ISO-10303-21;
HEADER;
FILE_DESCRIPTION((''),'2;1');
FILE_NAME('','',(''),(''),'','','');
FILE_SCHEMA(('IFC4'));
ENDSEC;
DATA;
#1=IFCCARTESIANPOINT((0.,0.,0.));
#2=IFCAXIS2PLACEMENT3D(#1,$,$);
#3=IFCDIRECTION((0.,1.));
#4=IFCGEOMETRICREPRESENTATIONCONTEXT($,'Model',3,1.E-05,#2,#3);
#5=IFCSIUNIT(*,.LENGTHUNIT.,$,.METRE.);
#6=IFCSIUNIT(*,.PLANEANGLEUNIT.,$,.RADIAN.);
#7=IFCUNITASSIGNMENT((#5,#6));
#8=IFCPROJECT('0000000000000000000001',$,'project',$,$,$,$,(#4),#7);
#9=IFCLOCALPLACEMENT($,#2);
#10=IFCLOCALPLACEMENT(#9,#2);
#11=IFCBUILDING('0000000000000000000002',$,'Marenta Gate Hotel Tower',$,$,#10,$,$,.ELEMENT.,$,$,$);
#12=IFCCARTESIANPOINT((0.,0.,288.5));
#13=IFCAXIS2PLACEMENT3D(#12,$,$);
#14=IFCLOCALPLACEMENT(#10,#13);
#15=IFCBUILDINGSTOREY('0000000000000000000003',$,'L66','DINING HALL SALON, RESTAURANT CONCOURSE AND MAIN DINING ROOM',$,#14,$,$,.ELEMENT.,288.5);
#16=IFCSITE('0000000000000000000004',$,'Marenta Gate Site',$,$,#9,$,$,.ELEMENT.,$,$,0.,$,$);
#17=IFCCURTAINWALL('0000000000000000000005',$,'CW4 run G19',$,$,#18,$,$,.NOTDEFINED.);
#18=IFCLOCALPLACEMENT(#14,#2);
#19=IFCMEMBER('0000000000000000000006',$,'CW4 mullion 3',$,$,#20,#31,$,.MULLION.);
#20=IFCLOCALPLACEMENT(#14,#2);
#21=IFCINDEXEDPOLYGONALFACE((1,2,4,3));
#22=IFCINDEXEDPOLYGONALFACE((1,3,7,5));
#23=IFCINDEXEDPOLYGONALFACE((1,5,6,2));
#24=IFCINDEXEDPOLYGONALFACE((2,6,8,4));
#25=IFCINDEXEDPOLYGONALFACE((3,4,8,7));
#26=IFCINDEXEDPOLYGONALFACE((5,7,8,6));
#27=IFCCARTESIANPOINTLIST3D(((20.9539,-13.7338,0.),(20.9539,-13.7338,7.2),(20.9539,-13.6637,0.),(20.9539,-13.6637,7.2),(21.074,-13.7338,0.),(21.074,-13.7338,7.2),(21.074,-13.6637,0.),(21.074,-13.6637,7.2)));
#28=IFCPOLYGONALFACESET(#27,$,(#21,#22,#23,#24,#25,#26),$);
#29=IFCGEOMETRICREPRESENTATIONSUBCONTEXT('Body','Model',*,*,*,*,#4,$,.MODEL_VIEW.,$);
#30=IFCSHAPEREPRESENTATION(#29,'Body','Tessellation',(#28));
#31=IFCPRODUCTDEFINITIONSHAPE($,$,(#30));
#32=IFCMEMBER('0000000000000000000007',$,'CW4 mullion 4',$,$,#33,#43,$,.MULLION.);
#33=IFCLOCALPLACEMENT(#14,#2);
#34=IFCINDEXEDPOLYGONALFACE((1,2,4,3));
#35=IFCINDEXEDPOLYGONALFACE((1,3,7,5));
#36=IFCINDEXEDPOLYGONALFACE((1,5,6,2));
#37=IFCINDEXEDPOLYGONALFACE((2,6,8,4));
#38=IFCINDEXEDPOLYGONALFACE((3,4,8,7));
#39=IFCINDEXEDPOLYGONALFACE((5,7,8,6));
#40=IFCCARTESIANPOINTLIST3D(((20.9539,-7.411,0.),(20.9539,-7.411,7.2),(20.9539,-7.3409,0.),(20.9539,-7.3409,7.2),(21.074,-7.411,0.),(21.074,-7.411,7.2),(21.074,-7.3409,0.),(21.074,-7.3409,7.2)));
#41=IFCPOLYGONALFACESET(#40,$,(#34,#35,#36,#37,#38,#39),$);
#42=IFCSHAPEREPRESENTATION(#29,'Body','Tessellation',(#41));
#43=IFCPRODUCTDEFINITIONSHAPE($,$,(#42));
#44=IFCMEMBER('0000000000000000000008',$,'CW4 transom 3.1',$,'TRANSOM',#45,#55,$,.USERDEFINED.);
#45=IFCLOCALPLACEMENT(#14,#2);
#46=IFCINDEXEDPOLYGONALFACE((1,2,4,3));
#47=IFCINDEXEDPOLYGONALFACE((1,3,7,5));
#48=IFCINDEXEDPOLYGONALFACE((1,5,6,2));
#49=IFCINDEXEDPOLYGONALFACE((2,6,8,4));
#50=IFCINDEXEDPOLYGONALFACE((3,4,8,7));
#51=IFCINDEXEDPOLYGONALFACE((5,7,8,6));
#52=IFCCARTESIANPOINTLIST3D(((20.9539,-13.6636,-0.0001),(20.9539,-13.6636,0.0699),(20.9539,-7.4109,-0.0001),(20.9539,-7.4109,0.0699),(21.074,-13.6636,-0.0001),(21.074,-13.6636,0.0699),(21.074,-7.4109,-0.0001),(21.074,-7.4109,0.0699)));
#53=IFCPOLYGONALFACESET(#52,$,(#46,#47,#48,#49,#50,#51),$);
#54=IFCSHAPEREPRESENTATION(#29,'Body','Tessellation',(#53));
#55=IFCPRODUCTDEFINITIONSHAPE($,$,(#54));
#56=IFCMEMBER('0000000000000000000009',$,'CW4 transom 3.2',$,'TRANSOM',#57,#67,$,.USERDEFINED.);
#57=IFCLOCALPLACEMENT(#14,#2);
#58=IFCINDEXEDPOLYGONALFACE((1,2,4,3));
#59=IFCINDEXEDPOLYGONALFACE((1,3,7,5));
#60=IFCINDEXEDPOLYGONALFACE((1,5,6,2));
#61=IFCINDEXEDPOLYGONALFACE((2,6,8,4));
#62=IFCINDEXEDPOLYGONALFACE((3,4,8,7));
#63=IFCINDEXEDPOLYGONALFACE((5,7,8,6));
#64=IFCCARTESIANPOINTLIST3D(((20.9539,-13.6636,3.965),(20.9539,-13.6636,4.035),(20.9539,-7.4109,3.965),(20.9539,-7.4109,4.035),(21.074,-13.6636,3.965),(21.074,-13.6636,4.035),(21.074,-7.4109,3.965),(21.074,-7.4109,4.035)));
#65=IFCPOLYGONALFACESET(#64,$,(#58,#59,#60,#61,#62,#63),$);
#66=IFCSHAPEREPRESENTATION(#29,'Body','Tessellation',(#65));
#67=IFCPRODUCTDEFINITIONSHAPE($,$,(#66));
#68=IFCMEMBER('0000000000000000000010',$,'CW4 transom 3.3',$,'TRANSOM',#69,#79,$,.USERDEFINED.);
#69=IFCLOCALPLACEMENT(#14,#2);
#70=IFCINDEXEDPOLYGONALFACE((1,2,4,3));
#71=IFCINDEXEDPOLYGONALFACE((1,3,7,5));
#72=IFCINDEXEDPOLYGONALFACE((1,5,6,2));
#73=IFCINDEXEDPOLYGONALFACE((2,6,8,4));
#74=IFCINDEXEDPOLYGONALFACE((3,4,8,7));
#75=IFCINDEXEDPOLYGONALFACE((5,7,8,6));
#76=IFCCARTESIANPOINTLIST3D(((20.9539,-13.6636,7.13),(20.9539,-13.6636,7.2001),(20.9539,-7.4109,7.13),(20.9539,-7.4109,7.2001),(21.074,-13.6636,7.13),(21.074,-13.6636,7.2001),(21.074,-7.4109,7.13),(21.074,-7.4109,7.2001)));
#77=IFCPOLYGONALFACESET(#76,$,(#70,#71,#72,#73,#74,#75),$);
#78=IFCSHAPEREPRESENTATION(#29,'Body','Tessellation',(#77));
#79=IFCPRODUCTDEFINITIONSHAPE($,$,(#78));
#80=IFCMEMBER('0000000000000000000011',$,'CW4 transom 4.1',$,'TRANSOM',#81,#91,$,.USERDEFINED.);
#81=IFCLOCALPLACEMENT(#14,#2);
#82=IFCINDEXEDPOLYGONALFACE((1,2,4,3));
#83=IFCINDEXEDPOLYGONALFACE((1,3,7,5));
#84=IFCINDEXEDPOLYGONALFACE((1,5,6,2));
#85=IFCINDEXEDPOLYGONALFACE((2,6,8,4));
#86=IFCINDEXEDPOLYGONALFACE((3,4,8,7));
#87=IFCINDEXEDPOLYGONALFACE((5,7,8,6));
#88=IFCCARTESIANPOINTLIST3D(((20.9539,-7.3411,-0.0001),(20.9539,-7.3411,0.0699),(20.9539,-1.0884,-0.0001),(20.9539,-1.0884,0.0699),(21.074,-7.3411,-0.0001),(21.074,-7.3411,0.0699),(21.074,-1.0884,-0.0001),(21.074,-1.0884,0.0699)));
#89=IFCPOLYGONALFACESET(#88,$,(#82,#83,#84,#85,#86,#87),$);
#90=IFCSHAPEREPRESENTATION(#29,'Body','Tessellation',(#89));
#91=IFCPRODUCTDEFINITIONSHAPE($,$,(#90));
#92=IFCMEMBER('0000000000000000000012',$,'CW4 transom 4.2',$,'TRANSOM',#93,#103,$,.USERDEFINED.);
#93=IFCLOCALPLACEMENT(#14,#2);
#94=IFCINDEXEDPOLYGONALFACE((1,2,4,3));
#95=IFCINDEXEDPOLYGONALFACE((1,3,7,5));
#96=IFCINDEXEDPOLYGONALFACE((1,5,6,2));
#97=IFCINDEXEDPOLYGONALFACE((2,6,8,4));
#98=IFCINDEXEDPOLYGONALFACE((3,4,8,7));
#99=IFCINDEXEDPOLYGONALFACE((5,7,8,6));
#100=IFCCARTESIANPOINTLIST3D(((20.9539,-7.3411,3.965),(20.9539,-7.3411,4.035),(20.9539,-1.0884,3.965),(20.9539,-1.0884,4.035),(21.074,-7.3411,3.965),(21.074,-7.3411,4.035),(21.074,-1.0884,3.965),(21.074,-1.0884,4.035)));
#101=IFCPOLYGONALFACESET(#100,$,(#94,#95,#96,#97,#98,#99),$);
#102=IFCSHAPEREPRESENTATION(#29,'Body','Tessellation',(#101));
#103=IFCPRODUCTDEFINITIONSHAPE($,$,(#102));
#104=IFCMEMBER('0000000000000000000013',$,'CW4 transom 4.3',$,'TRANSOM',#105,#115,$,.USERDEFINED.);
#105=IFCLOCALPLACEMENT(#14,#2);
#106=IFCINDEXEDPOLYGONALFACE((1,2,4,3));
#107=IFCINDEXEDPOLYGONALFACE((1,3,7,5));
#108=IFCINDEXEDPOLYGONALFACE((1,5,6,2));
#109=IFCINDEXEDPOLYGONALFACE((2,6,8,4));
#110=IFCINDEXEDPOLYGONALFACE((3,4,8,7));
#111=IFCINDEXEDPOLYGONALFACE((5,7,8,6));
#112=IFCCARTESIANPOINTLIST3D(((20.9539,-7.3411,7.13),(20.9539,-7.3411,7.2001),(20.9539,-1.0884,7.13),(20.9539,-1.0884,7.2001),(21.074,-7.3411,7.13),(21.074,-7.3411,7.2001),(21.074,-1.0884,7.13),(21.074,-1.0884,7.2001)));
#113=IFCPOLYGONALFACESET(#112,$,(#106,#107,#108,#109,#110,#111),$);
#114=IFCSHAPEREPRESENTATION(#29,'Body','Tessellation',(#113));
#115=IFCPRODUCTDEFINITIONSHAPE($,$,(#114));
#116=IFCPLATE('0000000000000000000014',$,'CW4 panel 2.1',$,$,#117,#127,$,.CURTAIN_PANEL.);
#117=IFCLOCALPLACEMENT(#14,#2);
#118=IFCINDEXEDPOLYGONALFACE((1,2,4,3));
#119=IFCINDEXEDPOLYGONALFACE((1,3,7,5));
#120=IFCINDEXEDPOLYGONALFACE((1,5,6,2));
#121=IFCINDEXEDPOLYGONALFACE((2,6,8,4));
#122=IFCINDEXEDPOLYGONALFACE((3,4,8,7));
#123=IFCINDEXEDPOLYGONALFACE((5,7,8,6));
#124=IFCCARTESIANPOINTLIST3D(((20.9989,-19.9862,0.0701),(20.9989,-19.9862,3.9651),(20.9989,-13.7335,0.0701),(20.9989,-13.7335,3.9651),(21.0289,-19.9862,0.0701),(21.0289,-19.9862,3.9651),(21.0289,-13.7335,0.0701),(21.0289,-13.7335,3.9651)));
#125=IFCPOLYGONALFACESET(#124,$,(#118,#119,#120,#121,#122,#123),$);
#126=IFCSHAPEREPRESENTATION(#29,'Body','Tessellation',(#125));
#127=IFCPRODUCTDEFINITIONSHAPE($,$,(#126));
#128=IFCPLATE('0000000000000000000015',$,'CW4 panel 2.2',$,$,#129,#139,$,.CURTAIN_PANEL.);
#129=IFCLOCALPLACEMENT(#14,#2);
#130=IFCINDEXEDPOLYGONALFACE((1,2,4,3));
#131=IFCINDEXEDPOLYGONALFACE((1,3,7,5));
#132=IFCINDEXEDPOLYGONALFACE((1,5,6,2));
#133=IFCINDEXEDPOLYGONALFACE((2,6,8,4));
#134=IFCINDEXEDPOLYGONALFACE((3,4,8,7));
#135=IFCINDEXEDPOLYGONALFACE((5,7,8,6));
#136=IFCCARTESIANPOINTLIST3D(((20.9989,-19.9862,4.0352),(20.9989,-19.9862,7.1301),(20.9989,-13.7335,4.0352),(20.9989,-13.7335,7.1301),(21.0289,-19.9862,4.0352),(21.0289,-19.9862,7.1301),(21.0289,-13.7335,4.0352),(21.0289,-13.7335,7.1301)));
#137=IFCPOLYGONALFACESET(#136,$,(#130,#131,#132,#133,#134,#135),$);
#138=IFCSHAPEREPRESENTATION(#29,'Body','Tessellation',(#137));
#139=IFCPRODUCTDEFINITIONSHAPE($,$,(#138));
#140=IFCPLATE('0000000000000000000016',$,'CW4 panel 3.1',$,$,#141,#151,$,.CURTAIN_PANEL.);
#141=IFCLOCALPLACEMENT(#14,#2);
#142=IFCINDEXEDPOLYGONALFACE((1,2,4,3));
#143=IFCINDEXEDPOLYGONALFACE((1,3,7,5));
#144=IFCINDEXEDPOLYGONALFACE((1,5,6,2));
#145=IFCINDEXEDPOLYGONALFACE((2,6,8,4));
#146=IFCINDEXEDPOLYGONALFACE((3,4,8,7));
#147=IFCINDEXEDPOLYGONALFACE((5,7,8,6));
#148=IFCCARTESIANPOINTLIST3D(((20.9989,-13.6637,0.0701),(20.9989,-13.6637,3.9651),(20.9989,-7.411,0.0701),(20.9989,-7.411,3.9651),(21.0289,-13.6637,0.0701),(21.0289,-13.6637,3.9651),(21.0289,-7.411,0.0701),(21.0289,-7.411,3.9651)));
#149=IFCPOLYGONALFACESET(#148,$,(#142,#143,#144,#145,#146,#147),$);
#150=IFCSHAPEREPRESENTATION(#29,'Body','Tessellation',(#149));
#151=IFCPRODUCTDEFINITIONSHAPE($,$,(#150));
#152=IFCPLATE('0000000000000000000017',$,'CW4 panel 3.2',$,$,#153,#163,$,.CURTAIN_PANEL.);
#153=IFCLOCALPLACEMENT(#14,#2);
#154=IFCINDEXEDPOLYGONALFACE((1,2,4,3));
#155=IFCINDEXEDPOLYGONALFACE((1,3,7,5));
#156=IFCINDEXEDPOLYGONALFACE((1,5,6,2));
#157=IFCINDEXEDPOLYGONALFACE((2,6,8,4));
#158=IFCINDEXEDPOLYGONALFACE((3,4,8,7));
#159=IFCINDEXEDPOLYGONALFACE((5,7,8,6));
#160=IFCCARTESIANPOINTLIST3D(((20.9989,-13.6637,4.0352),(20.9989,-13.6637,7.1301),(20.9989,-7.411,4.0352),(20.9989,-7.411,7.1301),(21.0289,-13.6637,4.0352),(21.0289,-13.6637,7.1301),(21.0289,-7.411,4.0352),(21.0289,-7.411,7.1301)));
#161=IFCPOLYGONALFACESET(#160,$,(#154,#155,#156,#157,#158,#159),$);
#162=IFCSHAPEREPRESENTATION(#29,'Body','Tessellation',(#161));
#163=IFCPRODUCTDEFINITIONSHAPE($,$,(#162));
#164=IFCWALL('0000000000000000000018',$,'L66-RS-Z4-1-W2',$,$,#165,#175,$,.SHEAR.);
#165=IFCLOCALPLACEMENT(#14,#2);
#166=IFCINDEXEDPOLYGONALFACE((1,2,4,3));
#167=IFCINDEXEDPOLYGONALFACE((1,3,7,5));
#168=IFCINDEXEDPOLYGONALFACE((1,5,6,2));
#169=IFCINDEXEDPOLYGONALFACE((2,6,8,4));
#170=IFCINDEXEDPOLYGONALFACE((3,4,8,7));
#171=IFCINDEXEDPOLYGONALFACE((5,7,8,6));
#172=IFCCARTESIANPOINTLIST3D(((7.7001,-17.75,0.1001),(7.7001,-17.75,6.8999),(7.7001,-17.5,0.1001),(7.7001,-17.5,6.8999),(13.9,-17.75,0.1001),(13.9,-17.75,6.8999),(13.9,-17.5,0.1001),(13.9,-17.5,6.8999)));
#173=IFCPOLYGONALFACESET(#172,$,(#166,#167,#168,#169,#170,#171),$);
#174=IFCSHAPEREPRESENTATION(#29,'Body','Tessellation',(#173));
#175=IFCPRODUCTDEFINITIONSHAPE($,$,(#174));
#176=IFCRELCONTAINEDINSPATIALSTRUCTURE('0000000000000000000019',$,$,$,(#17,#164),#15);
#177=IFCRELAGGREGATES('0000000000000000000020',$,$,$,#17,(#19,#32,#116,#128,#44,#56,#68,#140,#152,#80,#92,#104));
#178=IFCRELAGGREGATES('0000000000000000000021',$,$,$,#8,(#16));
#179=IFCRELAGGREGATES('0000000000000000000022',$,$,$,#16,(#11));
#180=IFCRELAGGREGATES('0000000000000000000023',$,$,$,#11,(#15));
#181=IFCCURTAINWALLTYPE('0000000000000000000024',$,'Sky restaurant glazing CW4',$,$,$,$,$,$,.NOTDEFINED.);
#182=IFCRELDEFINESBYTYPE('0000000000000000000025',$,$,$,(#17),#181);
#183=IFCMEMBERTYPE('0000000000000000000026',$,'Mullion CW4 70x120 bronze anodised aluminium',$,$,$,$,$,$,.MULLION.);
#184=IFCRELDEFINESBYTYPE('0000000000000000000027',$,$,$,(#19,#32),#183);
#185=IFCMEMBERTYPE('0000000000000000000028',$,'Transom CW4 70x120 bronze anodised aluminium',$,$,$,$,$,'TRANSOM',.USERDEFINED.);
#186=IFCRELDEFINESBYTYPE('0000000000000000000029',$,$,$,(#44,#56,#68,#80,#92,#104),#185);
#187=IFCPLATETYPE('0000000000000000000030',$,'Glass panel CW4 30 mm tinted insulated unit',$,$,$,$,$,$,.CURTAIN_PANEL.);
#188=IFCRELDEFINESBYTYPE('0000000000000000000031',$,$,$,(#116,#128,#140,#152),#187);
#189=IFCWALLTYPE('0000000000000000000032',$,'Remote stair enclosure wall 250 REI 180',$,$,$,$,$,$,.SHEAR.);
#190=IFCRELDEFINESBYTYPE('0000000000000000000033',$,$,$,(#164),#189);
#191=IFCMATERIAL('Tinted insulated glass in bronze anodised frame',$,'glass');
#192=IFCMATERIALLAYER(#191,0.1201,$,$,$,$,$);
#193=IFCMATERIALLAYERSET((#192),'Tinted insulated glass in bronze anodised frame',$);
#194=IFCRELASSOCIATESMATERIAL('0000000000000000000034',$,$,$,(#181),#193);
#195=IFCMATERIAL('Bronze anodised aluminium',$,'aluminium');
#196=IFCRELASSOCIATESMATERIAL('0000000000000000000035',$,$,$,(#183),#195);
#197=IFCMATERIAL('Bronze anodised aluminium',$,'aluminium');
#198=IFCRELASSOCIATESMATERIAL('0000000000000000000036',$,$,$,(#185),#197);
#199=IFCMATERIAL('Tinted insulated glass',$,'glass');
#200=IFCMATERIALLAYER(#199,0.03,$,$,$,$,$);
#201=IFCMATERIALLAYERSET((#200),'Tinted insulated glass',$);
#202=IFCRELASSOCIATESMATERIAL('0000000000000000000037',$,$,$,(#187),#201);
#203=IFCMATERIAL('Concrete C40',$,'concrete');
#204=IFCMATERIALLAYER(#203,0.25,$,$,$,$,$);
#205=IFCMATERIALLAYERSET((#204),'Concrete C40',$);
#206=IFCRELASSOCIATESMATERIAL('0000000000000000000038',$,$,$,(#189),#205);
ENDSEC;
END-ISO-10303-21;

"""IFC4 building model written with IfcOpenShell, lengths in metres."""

from ifc_helpers import new_model, si_unit, direction, frame, frame_2d, origin, origin_2d, place, context, subcontext, project, spatial, rectangle, extrude, material, layer, layer_set, material_profile, profile_set, type_object, element, aggregate, save


model = new_model("IFC4")

# Units and contexts
model_context = context("Model", 3, precision=1e-05, world=origin(), true_north=direction((0.0, 1.0)))
body_context = subcontext(model_context, "Body", "Model", "MODEL_VIEW")
ifc_project = project(units=[si_unit("LENGTHUNIT", "METRE"), si_unit("PLANEANGLEUNIT", "RADIAN")], contexts=[model_context])

# Site, building, storey
site_placement = place(None, origin())
site = spatial("IfcSite", under=ifc_project, at=site_placement, Name="Marenta Gate Site", CompositionType="ELEMENT", RefElevation=0.0)
building_placement = place(site_placement, origin())
building = spatial("IfcBuilding", under=site, at=building_placement, Name="Marenta Gate Hotel Tower", CompositionType="ELEMENT")
storey_placement = place(building_placement, frame((0.0, 0.0, 288.5)))
storey = spatial("IfcBuildingStorey", under=building, at=storey_placement, Name="L66", Description="DINING HALL SALON, RESTAURANT CONCOURSE AND MAIN DINING ROOM", CompositionType="ELEMENT", Elevation=288.5)

# Curtain wall, members, plates
ifc_material_1 = material(Name="Tinted insulated glass in bronze anodised frame", Category="glass")
ifc_layer_1 = layer(ifc_material_1, 0.1201)
ifc_layer_set_1 = layer_set([ifc_layer_1], Name="Tinted insulated glass in bronze anodised frame")
curtain_wall_type = type_object("IfcCurtainWallType", Name="Sky restaurant glazing CW4", PredefinedType="NOTDEFINED", material=ifc_layer_set_1)
curtain_wall_placement = place(storey_placement, origin())
curtain_wall = element("IfcCurtainWall", 1, at=curtain_wall_placement, inside=storey, type_object=curtain_wall_type, Name="CW4 run G19", PredefinedType="NOTDEFINED")
ifc_material_2 = material(Name="Bronze anodised aluminium", Category="aluminium")
ifc_material_profile_1 = material_profile(ifc_material_2, rectangle(XDim=0.1201, YDim=0.0701, at=origin_2d()), Name="Mullion CW4 70x120 bronze anodised aluminium")
ifc_profile_set_1 = profile_set([ifc_material_profile_1], Name="Bronze anodised aluminium")
member_type_1 = type_object("IfcMemberType", Name="Mullion CW4 70x120 bronze anodised aluminium", PredefinedType="MULLION", material=ifc_profile_set_1)
member_1_placement = place(storey_placement, frame((21.0139, -13.6987, 0.0), z_axis=(0.0, 0.0, 1.0), x_axis=(-1.0, 0.0, 0.0)))
member_1 = element("IfcMember", 2, at=member_1_placement, type_object=member_type_1, Name="CW4 mullion 3", PredefinedType="MULLION", context=body_context, shape_type="SweptSolid", body=[
    extrude(rectangle(XDim=0.1201, YDim=0.0701, at=origin_2d()), origin(), (0.0, 0.0, 1.0), 7.2),
])
member_2_placement = place(storey_placement, frame((21.0139, -7.376, 0.0), z_axis=(0.0, 0.0, 1.0), x_axis=(-1.0, 0.0, 0.0)))
member_2 = element("IfcMember", 3, at=member_2_placement, type_object=member_type_1, Name="CW4 mullion 4", PredefinedType="MULLION", context=body_context, shape_type="SweptSolid", body=[
    extrude(rectangle(XDim=0.1201, YDim=0.0701, at=origin_2d()), origin(), (0.0, 0.0, 1.0), 7.2),
])
ifc_material_3 = material(Name="Bronze anodised aluminium", Category="aluminium")
ifc_material_profile_2 = material_profile(ifc_material_3, rectangle(XDim=0.1201, YDim=0.0701, at=origin_2d()), Name="Transom CW4 70x120 bronze anodised aluminium")
ifc_profile_set_2 = profile_set([ifc_material_profile_2], Name="Bronze anodised aluminium")
member_type_2 = type_object("IfcMemberType", Name="Transom CW4 70x120 bronze anodised aluminium", ElementType="TRANSOM", PredefinedType="USERDEFINED", material=ifc_profile_set_2)
member_3_placement = place(storey_placement, frame((21.0139, -13.6636, 0.0349), z_axis=(0.0, 1.0, 0.0), x_axis=(-1.0, 0.0, 0.0)))
member_3 = element("IfcMember", 4, at=member_3_placement, type_object=member_type_2, Name="CW4 transom 3.1", ObjectType="TRANSOM", PredefinedType="USERDEFINED", context=body_context, shape_type="SweptSolid", body=[
    extrude(rectangle(XDim=0.1201, YDim=0.0701, at=origin_2d()), origin(), (0.0, 0.0, 1.0), 6.2527),
])
member_4_placement = place(storey_placement, frame((21.0139, -13.6636, 4.0), z_axis=(0.0, 1.0, 0.0), x_axis=(-1.0, 0.0, 0.0)))
member_4 = element("IfcMember", 5, at=member_4_placement, type_object=member_type_2, Name="CW4 transom 3.2", ObjectType="TRANSOM", PredefinedType="USERDEFINED", context=body_context, shape_type="SweptSolid", body=[
    extrude(rectangle(XDim=0.1201, YDim=0.0701, at=origin_2d()), origin(), (0.0, 0.0, 1.0), 6.2527),
])
member_5_placement = place(storey_placement, frame((21.0139, -13.6636, 7.165), z_axis=(0.0, 1.0, 0.0), x_axis=(-1.0, 0.0, 0.0)))
member_5 = element("IfcMember", 6, at=member_5_placement, type_object=member_type_2, Name="CW4 transom 3.3", ObjectType="TRANSOM", PredefinedType="USERDEFINED", context=body_context, shape_type="SweptSolid", body=[
    extrude(rectangle(XDim=0.1201, YDim=0.0701, at=origin_2d()), origin(), (0.0, 0.0, 1.0), 6.2527),
])
member_6_placement = place(storey_placement, frame((21.0139, -7.3411, 0.0349), z_axis=(0.0, 1.0, 0.0), x_axis=(-1.0, 0.0, 0.0)))
member_6 = element("IfcMember", 7, at=member_6_placement, type_object=member_type_2, Name="CW4 transom 4.1", ObjectType="TRANSOM", PredefinedType="USERDEFINED", context=body_context, shape_type="SweptSolid", body=[
    extrude(rectangle(XDim=0.1201, YDim=0.0701, at=origin_2d()), origin(), (0.0, 0.0, 1.0), 6.2527),
])
member_7_placement = place(storey_placement, frame((21.0139, -7.3411, 4.0), z_axis=(0.0, 1.0, 0.0), x_axis=(-1.0, 0.0, 0.0)))
member_7 = element("IfcMember", 8, at=member_7_placement, type_object=member_type_2, Name="CW4 transom 4.2", ObjectType="TRANSOM", PredefinedType="USERDEFINED", context=body_context, shape_type="SweptSolid", body=[
    extrude(rectangle(XDim=0.1201, YDim=0.0701, at=origin_2d()), origin(), (0.0, 0.0, 1.0), 6.2527),
])
member_8_placement = place(storey_placement, frame((21.0139, -7.3411, 7.165), z_axis=(0.0, 1.0, 0.0), x_axis=(-1.0, 0.0, 0.0)))
member_8 = element("IfcMember", 9, at=member_8_placement, type_object=member_type_2, Name="CW4 transom 4.3", ObjectType="TRANSOM", PredefinedType="USERDEFINED", context=body_context, shape_type="SweptSolid", body=[
    extrude(rectangle(XDim=0.1201, YDim=0.0701, at=origin_2d()), origin(), (0.0, 0.0, 1.0), 6.2527),
])
ifc_material_4 = material(Name="Tinted insulated glass", Category="glass")
ifc_layer_2 = layer(ifc_material_4, 0.03)
ifc_layer_set_2 = layer_set([ifc_layer_2], Name="Tinted insulated glass")
plate_type = type_object("IfcPlateType", Name="Glass panel CW4 30 mm tinted insulated unit", PredefinedType="CURTAIN_PANEL", material=ifc_layer_set_2)
plate_1_placement = place(storey_placement, frame((21.0139, -16.8599, 0.0701), z_axis=(0.0, 0.0, 1.0), x_axis=(0.0, 1.0, 0.0)))
plate_1 = element("IfcPlate", 10, at=plate_1_placement, type_object=plate_type, Name="CW4 panel 2.1", PredefinedType="CURTAIN_PANEL", context=body_context, shape_type="SweptSolid", body=[
    extrude(rectangle(XDim=6.2527, YDim=0.03, at=origin_2d()), origin(), (0.0, 0.0, 1.0), 3.895),
])
plate_2_placement = place(storey_placement, frame((21.0139, -16.8599, 4.0352), z_axis=(0.0, 0.0, 1.0), x_axis=(0.0, 1.0, 0.0)))
plate_2 = element("IfcPlate", 11, at=plate_2_placement, type_object=plate_type, Name="CW4 panel 2.2", PredefinedType="CURTAIN_PANEL", context=body_context, shape_type="SweptSolid", body=[
    extrude(rectangle(XDim=6.2527, YDim=0.03, at=origin_2d()), origin(), (0.0, 0.0, 1.0), 3.095),
])
plate_3_placement = place(storey_placement, frame((21.0139, -10.5374, 0.0701), z_axis=(0.0, 0.0, 1.0), x_axis=(0.0, 1.0, 0.0)))
plate_3 = element("IfcPlate", 12, at=plate_3_placement, type_object=plate_type, Name="CW4 panel 3.1", PredefinedType="CURTAIN_PANEL", context=body_context, shape_type="SweptSolid", body=[
    extrude(rectangle(XDim=6.2527, YDim=0.03, at=origin_2d()), origin(), (0.0, 0.0, 1.0), 3.895),
])
plate_4_placement = place(storey_placement, frame((21.0139, -10.5374, 4.0352), z_axis=(0.0, 0.0, 1.0), x_axis=(0.0, 1.0, 0.0)))
plate_4 = element("IfcPlate", 13, at=plate_4_placement, type_object=plate_type, Name="CW4 panel 3.2", PredefinedType="CURTAIN_PANEL", context=body_context, shape_type="SweptSolid", body=[
    extrude(rectangle(XDim=6.2527, YDim=0.03, at=origin_2d()), origin(), (0.0, 0.0, 1.0), 3.095),
])
aggregate(curtain_wall, [member_1, member_2, plate_1, plate_2, member_3, member_4, member_5, plate_3, plate_4, member_6, member_7, member_8])

# Wall
ifc_material_5 = material(Name="Concrete C40", Category="concrete")
ifc_layer_3 = layer(ifc_material_5, 0.25)
ifc_layer_set_3 = layer_set([ifc_layer_3], Name="Concrete C40")
wall_type_1 = type_object("IfcWallType", Name="Remote stair enclosure wall 250 REI 180", PredefinedType="SHEAR", material=ifc_layer_set_3)
wall_1_placement = place(storey_placement, frame((7.7, -17.625, 0.1001), z_axis=(0.0, 0.0, 1.0), x_axis=(1.0, 0.0, 0.0)))
element("IfcWall", 14, at=wall_1_placement, inside=storey, type_object=wall_type_1, Name="L66-RS-Z4-1-W2", PredefinedType="SHEAR", context=body_context, shape_type="SweptSolid", body=[
    extrude(rectangle(XDim=6.2, YDim=0.25, at=frame_2d((3.1001, 0.0))), origin(), (0.0, 0.0, 1.0), 6.7998),
])

save(model, "model.ifc")
